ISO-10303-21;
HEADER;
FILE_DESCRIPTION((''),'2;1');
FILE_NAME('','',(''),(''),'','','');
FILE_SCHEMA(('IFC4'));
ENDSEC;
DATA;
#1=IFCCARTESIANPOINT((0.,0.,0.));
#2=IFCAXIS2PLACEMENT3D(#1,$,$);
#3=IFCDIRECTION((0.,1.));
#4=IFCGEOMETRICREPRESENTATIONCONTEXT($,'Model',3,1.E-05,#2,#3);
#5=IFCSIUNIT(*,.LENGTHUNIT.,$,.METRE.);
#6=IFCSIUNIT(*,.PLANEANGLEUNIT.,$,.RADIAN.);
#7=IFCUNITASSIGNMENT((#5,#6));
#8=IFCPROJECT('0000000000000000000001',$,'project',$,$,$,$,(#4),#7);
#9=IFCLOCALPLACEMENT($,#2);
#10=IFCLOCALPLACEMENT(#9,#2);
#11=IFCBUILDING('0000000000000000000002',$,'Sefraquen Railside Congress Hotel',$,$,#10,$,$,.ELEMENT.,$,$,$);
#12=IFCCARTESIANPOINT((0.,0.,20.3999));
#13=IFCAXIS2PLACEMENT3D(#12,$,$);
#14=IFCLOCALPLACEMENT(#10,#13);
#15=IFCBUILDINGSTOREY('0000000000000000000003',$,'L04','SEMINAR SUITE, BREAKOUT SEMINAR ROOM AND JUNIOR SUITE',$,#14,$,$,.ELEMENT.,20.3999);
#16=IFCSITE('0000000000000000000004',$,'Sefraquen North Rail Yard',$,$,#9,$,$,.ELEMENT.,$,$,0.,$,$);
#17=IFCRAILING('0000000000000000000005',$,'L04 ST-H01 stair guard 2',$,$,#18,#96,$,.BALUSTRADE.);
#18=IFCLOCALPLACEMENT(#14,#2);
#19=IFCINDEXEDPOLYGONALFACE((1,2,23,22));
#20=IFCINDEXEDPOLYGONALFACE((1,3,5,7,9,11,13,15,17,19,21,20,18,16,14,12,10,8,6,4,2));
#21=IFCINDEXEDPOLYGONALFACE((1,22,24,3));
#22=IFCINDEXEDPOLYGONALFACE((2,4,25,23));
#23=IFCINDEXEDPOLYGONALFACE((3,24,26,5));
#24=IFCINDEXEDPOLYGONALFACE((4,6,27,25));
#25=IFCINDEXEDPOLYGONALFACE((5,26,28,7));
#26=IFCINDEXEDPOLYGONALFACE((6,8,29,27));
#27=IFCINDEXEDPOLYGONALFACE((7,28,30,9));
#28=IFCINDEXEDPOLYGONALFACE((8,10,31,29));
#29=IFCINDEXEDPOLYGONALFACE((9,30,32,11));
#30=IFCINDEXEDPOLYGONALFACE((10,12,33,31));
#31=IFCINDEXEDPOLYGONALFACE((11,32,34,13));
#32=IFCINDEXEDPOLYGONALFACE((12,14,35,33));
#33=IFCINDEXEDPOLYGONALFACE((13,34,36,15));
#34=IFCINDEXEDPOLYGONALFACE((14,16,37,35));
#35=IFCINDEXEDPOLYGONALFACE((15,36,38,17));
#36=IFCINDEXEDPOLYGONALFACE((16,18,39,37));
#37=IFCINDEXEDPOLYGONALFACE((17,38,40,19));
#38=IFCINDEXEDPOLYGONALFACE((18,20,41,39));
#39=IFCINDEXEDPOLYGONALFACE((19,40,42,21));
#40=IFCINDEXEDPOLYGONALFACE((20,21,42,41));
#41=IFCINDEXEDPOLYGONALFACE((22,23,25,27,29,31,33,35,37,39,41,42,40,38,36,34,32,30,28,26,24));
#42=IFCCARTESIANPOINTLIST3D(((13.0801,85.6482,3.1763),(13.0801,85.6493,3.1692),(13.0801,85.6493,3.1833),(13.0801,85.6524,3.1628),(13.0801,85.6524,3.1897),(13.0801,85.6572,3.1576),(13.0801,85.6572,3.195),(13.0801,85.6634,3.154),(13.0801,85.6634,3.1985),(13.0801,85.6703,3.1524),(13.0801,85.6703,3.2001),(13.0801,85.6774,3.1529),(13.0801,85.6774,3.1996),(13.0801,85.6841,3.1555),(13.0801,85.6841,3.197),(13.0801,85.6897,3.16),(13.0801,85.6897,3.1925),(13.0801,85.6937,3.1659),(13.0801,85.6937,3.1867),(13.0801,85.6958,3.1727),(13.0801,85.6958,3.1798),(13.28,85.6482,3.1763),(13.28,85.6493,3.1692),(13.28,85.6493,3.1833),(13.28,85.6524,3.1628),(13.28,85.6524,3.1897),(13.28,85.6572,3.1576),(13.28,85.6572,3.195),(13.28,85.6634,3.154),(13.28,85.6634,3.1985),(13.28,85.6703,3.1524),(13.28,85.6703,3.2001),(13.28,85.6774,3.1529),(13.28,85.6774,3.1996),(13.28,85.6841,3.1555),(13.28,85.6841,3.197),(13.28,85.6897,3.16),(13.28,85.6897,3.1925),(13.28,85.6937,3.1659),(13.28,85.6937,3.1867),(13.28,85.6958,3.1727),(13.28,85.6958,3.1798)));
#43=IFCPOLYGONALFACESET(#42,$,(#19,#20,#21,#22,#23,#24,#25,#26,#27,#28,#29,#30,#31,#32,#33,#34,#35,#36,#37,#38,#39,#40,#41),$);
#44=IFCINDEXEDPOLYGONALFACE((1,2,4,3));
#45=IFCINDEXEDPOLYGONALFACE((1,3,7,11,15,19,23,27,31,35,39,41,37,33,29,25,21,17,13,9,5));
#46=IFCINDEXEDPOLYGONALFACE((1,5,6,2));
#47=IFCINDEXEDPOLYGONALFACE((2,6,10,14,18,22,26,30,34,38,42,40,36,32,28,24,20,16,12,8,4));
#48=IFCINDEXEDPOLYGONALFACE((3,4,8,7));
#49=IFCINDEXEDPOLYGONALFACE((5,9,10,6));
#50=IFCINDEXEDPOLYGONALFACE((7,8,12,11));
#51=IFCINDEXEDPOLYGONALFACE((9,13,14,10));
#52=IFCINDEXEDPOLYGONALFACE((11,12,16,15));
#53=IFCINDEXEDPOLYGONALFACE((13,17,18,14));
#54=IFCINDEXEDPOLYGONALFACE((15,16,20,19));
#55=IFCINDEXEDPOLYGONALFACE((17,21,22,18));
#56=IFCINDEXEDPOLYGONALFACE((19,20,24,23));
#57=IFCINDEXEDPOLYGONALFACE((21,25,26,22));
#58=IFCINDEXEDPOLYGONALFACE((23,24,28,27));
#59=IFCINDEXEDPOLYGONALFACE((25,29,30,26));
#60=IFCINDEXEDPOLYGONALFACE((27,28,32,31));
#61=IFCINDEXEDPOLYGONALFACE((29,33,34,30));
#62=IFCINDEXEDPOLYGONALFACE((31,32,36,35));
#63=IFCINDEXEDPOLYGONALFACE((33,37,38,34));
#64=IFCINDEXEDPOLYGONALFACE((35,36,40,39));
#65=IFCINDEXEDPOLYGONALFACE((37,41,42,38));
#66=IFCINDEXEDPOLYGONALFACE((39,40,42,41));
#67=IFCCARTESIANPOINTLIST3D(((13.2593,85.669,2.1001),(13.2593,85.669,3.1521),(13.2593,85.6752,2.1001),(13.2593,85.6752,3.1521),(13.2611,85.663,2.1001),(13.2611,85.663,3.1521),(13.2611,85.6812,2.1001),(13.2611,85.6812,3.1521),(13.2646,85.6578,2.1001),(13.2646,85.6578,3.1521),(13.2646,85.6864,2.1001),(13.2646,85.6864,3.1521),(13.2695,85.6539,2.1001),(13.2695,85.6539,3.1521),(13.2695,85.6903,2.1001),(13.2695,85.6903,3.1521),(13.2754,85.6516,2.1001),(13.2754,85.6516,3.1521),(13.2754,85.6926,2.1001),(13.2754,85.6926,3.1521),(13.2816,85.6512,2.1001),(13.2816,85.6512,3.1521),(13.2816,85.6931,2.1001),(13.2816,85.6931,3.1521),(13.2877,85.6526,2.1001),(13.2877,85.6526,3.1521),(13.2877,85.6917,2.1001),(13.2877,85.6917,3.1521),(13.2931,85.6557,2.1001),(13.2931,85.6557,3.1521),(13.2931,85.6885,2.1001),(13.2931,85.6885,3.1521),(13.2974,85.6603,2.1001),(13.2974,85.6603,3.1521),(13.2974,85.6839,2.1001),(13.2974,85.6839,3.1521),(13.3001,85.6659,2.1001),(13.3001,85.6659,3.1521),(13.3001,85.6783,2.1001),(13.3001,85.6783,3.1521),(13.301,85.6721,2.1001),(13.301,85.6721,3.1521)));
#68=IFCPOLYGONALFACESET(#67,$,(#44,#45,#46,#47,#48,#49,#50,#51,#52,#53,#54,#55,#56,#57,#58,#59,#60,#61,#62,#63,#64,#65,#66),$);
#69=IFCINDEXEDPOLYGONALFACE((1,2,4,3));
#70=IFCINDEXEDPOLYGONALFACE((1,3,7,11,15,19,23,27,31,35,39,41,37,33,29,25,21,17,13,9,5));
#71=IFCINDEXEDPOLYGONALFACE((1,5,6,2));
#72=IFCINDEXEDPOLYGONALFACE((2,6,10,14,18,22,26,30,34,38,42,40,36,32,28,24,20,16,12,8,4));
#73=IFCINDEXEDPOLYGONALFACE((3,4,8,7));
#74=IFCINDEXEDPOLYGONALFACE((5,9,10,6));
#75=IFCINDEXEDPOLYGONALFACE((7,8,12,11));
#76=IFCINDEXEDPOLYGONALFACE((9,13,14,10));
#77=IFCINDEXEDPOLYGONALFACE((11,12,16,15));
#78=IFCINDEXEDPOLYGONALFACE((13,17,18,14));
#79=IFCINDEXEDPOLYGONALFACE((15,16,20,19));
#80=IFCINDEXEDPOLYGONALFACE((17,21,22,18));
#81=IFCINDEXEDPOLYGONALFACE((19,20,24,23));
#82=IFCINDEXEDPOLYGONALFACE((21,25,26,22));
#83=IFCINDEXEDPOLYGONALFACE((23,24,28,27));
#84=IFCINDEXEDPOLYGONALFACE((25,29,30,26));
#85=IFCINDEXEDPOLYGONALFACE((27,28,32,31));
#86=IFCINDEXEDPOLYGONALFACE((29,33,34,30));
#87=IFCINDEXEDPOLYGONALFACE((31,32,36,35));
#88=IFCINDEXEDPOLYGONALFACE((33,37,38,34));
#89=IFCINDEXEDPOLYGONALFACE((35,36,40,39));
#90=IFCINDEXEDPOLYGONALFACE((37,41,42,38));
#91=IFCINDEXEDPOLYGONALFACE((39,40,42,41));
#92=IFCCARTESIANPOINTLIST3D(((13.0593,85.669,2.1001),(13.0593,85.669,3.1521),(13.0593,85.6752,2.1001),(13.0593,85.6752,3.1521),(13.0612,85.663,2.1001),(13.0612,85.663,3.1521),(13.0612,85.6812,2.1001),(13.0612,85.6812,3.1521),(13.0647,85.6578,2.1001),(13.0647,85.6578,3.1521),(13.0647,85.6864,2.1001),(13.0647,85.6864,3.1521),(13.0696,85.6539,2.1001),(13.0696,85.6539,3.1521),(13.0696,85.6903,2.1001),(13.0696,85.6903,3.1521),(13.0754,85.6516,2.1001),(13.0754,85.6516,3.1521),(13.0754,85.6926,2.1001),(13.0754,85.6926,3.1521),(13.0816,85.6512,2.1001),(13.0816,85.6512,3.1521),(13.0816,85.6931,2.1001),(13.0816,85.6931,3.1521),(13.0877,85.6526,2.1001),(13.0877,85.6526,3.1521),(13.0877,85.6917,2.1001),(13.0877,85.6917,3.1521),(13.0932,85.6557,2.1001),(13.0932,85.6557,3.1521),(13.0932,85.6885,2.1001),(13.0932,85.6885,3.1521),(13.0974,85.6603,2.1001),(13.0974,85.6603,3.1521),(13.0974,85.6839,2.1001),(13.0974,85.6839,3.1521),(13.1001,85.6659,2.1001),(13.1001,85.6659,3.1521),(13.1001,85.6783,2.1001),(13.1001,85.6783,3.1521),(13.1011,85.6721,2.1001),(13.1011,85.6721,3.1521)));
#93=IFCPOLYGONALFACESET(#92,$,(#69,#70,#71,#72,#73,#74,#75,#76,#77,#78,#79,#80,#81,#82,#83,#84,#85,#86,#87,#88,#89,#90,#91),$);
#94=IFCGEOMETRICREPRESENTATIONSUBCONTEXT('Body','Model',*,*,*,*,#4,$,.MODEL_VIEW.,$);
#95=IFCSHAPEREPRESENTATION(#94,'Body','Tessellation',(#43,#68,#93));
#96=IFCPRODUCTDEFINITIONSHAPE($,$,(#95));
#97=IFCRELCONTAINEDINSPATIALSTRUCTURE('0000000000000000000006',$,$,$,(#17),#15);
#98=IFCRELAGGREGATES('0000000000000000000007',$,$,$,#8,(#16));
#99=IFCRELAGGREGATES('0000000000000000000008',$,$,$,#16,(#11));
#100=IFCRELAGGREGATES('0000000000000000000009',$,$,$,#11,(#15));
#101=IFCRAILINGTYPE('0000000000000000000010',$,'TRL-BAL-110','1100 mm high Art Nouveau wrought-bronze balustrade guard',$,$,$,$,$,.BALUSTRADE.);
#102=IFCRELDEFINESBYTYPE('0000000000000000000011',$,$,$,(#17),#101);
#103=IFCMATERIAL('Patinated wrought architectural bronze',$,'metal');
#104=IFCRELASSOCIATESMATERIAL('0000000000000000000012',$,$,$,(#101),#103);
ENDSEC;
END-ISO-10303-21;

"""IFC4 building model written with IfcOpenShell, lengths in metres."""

from ifc_helpers import new_model, si_unit, direction, frame, origin, origin_2d, place, context, subcontext, project, spatial, circle, extrude, material, type_object, element, save


model = new_model("IFC4")

# Units and contexts
model_context = context("Model", 3, precision=1e-05, world=origin(), true_north=direction((0.0, 1.0)))
body_context = subcontext(model_context, "Body", "Model", "MODEL_VIEW")
ifc_project = project(units=[si_unit("LENGTHUNIT", "METRE"), si_unit("PLANEANGLEUNIT", "RADIAN")], contexts=[model_context])

# Site, building, storey
site_placement = place(None, origin())
site = spatial("IfcSite", under=ifc_project, at=site_placement, Name="Sefraquen North Rail Yard", CompositionType="ELEMENT", RefElevation=0.0)
building_placement = place(site_placement, origin())
building = spatial("IfcBuilding", under=site, at=building_placement, Name="Sefraquen Railside Congress Hotel", CompositionType="ELEMENT")
storey_placement = place(building_placement, frame((0.0, 0.0, 20.3999)))
storey = spatial("IfcBuildingStorey", under=building, at=storey_placement, Name="L04", Description="SEMINAR SUITE, BREAKOUT SEMINAR ROOM AND JUNIOR SUITE", CompositionType="ELEMENT", Elevation=20.3999)

# Railing
ifc_material_1 = material(Name="Patinated wrought architectural bronze", Category="metal")
railing_type_1 = type_object("IfcRailingType", Name="TRL-BAL-110", Description="1100 mm high Art Nouveau wrought-bronze balustrade guard", PredefinedType="BALUSTRADE", material=ifc_material_1)
railing_1_placement = place(storey_placement, frame((13.28, 85.6721, 2.1001)))
element("IfcRailing", 1, at=railing_1_placement, inside=storey, type_object=railing_type_1, Name="L04 ST-H01 stair guard 2", PredefinedType="BALUSTRADE", context=body_context, shape_type="SweptSolid", body=[
    extrude(circle(Radius=0.0239, at=origin_2d()), frame((0.0, 0.0, 1.0762), z_axis=(-1.0, 0.0, 0.0), x_axis=(0.0, -1.0, 0.0)), (0.0, 0.0, 1.0), 0.2),
    extrude(circle(Radius=0.021, at=origin_2d()), origin(), (0.0, 0.0, 1.0), 1.052),
    extrude(circle(Radius=0.021, at=origin_2d()), frame((-0.2, 0.0, 0.0)), (0.0, 0.0, 1.0), 1.052),
])

save(model, "model.ifc")
